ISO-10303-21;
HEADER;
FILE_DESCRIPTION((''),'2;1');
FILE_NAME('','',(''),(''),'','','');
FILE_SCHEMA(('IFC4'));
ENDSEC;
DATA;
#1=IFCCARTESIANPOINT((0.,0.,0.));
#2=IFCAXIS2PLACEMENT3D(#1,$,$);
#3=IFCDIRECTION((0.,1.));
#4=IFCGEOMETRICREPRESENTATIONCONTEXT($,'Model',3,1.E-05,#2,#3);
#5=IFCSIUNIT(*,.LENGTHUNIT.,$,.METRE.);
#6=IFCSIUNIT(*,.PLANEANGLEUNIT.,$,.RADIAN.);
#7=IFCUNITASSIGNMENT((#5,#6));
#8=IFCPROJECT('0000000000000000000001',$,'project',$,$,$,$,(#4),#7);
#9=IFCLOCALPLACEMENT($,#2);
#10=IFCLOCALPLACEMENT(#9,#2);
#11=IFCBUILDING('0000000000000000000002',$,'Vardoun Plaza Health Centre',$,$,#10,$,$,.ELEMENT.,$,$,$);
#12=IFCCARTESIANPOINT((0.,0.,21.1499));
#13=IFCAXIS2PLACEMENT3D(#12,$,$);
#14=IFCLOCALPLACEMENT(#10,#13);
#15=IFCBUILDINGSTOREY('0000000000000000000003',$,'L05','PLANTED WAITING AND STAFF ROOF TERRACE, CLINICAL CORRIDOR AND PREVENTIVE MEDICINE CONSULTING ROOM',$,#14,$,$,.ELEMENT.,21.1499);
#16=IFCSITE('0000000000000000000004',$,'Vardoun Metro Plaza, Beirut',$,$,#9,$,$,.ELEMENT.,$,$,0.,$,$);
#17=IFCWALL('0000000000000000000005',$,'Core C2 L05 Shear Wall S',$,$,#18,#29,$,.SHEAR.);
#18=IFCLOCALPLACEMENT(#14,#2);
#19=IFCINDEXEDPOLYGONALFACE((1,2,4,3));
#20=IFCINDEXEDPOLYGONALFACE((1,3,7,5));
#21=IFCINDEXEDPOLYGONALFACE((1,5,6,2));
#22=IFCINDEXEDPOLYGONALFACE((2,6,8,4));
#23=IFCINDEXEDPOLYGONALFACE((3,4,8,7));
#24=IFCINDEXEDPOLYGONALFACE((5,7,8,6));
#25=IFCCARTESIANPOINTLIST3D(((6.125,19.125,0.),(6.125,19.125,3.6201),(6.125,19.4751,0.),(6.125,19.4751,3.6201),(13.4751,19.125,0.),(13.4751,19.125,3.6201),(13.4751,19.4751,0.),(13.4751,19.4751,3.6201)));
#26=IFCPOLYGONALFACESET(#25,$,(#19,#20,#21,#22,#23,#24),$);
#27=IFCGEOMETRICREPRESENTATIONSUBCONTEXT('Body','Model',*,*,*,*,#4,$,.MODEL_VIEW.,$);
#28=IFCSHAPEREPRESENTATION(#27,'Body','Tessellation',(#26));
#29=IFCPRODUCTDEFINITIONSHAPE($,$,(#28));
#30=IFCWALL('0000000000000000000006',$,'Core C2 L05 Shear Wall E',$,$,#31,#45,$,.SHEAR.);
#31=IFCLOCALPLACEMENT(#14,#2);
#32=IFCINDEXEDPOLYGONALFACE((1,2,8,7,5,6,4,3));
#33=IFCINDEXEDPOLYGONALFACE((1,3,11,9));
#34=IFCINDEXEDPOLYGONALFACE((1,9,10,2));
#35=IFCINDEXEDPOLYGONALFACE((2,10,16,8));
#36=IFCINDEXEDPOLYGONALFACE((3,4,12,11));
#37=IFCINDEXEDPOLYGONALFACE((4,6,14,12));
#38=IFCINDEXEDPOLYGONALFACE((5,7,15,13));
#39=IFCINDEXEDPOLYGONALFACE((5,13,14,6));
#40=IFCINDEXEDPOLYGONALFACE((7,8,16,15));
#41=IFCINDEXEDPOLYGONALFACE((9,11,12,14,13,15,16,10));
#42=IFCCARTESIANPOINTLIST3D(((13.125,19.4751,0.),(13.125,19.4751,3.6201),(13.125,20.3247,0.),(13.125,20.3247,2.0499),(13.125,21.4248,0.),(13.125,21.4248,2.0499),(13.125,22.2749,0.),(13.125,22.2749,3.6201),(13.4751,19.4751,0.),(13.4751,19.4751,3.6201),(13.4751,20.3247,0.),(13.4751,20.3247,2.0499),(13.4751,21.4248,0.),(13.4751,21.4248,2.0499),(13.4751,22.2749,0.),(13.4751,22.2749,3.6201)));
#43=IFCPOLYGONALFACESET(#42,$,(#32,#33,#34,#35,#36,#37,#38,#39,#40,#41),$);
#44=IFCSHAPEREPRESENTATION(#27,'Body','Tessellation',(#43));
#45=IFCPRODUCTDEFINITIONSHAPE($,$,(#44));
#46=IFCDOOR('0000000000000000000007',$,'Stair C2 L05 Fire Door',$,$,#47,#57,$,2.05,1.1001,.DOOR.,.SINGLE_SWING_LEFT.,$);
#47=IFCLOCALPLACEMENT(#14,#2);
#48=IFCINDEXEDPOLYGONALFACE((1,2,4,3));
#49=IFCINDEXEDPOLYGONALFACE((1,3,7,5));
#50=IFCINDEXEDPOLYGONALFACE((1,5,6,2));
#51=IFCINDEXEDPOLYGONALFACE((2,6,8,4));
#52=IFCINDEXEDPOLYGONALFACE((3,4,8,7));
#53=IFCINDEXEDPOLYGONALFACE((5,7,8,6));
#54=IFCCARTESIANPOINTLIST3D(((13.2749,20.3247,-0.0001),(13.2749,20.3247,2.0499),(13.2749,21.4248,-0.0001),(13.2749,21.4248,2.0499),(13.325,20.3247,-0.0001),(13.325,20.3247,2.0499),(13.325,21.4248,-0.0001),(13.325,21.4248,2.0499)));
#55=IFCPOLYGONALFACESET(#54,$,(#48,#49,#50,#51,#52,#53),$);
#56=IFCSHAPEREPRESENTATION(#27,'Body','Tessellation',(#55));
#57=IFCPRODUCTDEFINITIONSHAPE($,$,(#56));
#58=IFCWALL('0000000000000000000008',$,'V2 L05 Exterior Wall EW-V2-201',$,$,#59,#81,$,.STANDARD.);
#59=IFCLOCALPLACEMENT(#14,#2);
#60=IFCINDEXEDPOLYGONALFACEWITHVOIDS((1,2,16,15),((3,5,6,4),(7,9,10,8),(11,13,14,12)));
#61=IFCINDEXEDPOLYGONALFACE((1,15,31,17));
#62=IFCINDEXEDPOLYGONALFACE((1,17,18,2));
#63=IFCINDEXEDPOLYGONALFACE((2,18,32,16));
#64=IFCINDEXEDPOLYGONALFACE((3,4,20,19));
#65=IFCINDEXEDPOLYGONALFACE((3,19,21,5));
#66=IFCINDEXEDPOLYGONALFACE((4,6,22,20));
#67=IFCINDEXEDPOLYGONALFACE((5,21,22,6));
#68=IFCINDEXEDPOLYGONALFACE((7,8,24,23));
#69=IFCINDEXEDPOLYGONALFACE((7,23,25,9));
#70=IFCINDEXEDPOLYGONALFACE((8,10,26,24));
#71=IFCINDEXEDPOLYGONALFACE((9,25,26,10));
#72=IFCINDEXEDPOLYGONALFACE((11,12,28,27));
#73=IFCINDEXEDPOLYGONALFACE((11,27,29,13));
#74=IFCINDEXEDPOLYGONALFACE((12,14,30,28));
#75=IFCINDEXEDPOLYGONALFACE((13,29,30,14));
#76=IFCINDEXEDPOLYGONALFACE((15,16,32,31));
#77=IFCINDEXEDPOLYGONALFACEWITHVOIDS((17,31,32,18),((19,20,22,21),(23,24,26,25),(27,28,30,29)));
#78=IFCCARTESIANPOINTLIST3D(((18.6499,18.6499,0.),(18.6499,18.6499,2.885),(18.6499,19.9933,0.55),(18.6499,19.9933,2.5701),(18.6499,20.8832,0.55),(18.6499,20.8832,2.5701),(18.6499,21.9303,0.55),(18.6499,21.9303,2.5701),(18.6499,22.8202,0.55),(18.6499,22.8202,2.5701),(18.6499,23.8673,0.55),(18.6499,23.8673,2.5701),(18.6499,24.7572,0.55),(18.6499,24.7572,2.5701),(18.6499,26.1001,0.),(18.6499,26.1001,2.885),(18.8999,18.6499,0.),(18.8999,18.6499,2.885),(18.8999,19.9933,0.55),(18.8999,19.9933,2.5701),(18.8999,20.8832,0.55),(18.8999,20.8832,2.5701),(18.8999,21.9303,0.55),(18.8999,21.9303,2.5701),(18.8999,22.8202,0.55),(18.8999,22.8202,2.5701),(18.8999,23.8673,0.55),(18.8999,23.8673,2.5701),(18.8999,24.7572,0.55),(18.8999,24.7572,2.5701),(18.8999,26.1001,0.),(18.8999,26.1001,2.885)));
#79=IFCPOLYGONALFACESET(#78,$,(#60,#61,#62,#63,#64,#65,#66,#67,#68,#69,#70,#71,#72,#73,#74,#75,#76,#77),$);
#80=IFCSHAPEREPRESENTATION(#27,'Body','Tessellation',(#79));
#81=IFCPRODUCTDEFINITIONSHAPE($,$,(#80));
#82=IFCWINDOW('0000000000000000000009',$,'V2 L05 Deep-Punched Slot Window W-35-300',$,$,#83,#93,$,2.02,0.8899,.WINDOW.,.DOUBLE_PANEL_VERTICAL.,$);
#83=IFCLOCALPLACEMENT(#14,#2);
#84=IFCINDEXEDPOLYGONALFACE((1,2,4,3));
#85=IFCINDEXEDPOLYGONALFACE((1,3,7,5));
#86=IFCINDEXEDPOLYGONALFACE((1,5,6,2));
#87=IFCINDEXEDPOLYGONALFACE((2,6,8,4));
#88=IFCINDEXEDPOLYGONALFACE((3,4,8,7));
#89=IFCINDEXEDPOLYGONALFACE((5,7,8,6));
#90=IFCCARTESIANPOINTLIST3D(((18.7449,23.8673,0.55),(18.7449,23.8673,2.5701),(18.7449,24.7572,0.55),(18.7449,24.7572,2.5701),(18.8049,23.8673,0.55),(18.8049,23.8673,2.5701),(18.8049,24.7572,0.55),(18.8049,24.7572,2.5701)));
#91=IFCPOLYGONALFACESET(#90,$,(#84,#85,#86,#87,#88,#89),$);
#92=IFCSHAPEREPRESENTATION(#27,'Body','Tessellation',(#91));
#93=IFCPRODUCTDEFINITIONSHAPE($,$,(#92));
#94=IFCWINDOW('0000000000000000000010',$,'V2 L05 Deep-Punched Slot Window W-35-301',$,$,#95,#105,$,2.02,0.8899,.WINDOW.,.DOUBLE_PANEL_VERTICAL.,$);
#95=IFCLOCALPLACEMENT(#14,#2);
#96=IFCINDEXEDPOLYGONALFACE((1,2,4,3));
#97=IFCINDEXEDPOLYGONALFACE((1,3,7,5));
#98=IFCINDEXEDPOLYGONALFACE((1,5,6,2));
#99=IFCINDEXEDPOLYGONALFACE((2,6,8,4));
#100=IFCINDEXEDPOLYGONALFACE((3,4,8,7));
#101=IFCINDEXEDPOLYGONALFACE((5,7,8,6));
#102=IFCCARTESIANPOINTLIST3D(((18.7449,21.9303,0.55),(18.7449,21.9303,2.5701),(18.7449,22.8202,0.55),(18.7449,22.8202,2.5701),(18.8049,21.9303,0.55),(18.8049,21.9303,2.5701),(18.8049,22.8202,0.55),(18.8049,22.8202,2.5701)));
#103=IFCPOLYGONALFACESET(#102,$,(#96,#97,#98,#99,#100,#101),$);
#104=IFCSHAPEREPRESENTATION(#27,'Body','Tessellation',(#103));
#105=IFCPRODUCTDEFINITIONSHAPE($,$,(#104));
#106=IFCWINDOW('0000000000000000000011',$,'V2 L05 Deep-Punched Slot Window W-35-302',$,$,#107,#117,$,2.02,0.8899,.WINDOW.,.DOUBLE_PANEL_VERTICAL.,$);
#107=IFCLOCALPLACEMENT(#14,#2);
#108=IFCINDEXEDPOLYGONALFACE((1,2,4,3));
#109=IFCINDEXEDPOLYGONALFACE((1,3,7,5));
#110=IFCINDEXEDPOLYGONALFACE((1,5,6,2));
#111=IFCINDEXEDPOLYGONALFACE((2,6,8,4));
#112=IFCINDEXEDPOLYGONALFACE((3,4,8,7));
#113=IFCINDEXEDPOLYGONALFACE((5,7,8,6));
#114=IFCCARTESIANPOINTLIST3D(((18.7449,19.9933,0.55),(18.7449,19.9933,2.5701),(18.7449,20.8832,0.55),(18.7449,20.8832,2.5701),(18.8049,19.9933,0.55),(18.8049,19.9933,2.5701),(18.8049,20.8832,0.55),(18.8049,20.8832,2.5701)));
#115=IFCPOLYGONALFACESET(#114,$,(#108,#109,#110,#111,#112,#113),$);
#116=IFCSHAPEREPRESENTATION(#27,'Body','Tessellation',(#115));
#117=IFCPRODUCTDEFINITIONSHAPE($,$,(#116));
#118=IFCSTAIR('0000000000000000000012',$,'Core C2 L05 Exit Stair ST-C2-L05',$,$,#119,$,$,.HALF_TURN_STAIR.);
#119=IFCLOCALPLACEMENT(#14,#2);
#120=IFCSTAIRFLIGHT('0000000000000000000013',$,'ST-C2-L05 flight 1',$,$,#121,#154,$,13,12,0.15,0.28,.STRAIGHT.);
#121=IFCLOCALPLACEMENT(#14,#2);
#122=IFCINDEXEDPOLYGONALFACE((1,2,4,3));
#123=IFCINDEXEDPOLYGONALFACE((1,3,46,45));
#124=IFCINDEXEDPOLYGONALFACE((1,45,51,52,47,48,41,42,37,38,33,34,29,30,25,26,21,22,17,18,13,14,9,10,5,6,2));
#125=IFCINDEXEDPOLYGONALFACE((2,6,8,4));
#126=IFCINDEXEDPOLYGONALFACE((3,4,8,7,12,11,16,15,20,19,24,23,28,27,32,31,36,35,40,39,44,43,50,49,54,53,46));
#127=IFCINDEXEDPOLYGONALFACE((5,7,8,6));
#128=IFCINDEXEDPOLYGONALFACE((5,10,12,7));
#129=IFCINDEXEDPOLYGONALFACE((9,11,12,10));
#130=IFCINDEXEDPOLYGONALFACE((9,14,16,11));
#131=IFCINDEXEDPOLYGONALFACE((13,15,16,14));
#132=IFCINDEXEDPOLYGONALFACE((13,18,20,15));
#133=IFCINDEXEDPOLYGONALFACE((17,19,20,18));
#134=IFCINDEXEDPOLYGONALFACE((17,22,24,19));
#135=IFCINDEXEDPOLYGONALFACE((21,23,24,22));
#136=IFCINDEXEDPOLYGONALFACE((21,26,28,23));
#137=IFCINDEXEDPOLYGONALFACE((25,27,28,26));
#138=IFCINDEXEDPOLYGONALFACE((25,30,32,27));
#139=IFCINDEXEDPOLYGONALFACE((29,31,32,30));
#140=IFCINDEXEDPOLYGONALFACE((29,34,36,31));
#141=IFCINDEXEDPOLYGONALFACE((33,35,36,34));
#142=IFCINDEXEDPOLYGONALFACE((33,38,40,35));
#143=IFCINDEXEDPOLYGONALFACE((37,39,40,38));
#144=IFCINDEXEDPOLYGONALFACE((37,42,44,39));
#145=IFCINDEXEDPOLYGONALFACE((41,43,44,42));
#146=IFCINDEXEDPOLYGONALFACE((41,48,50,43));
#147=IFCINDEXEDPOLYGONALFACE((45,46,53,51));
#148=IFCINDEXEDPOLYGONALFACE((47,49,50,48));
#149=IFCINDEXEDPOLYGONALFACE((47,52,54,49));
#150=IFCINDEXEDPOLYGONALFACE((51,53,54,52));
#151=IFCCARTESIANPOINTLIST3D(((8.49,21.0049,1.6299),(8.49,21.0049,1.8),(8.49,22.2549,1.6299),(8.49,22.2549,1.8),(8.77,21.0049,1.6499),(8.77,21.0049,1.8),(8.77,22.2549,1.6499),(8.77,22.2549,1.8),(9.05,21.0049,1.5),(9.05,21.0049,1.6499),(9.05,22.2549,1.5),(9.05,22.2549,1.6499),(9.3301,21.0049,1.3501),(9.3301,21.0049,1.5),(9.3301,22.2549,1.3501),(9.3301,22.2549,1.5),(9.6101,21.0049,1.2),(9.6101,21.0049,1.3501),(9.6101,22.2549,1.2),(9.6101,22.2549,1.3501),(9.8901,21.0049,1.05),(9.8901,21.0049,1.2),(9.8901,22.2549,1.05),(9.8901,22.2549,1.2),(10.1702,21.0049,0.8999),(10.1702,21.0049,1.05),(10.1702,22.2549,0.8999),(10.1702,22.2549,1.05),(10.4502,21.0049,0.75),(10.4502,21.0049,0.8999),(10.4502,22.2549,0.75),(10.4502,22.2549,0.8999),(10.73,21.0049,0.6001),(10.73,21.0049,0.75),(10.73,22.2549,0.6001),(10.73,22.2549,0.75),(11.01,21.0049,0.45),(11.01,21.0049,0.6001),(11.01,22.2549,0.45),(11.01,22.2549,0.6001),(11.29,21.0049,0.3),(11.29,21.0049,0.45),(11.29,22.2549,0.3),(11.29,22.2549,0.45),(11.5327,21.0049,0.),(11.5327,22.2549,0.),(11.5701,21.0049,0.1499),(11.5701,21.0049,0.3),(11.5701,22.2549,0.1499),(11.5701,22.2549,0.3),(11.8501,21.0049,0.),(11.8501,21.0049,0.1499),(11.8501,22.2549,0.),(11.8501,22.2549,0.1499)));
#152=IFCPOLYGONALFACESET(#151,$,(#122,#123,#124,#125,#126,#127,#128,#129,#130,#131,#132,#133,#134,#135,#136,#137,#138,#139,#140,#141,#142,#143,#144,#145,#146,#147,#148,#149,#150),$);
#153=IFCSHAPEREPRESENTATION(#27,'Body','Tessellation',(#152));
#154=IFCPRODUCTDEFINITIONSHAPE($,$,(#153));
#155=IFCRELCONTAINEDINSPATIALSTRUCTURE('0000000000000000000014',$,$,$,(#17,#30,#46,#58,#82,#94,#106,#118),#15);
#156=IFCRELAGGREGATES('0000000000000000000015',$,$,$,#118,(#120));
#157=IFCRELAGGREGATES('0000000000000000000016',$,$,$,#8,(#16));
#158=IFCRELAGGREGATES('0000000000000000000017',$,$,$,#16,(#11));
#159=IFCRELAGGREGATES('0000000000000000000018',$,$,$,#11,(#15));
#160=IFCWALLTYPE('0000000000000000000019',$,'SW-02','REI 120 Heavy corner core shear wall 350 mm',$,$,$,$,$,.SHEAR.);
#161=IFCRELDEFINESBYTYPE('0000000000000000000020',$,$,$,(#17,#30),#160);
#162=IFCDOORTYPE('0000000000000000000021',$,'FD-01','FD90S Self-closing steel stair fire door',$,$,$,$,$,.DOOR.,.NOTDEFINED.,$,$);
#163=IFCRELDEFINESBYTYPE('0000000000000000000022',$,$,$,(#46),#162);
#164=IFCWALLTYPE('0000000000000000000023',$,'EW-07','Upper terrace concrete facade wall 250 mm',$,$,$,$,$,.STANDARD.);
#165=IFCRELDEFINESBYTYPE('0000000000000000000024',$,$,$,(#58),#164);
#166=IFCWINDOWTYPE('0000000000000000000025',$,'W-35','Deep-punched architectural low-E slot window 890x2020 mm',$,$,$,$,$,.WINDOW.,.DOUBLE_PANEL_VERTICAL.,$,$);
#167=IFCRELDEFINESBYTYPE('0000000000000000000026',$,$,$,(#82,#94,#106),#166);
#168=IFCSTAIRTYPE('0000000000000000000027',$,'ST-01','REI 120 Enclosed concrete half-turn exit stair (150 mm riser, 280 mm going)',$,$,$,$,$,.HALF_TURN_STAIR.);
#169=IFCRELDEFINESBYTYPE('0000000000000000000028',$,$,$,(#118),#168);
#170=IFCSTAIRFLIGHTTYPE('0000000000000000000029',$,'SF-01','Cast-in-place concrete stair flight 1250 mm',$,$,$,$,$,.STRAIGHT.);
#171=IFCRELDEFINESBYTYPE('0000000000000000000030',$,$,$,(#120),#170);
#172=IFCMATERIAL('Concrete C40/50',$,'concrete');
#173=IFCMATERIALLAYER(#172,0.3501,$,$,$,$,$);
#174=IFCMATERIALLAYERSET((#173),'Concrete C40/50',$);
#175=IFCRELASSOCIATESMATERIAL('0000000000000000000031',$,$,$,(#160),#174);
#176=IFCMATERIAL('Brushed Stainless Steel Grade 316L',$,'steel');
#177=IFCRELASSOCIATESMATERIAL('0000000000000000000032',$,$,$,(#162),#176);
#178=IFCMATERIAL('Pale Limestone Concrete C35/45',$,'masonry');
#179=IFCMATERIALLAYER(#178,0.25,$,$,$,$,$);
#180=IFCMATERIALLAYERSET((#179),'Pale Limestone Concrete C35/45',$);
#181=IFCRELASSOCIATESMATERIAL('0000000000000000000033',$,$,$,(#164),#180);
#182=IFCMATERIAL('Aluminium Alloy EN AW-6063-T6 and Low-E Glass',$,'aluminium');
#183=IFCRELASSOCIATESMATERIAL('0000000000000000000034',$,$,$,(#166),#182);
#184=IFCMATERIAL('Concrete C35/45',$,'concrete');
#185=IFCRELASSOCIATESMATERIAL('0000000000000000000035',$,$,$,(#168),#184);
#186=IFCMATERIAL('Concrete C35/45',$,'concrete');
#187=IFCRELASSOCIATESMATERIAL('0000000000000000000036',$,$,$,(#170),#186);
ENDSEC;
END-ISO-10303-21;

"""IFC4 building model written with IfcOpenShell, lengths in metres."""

from ifc_helpers import new_model, si_unit, direction, frame, frame_2d, origin, place, context, subcontext, project, spatial, polyline, rectangle, outline, extrude, material, layer, layer_set, type_object, element, fill, aggregate, save


model = new_model("IFC4")

# Units and contexts
model_context = context("Model", 3, precision=1e-05, world=origin(), true_north=direction((0.0, 1.0)))
body_context = subcontext(model_context, "Body", "Model", "MODEL_VIEW")
ifc_project = project(units=[si_unit("LENGTHUNIT", "METRE"), si_unit("PLANEANGLEUNIT", "RADIAN")], contexts=[model_context])

# Site, building, storey
site_placement = place(None, origin())
site = spatial("IfcSite", under=ifc_project, at=site_placement, Name="Vardoun Metro Plaza, Beirut", CompositionType="ELEMENT", RefElevation=0.0)
building_placement = place(site_placement, origin())
building = spatial("IfcBuilding", under=site, at=building_placement, Name="Vardoun Plaza Health Centre", CompositionType="ELEMENT")
storey_placement = place(building_placement, frame((0.0, 0.0, 21.1499)))
storey = spatial("IfcBuildingStorey", under=building, at=storey_placement, Name="L05", Description="PLANTED WAITING AND STAFF ROOF TERRACE, CLINICAL CORRIDOR AND PREVENTIVE MEDICINE CONSULTING ROOM", CompositionType="ELEMENT", Elevation=21.1499)

# Wall
ifc_material_1 = material(Name="Concrete C40/50", Category="concrete")
ifc_layer_1 = layer(ifc_material_1, 0.3501)
ifc_layer_set_1 = layer_set([ifc_layer_1], Name="Concrete C40/50")
wall_type_1 = type_object("IfcWallType", Name="SW-02", Description="REI 120 Heavy corner core shear wall 350 mm", PredefinedType="SHEAR", material=ifc_layer_set_1)
wall_1_placement = place(storey_placement, frame((13.4751, 19.3, 0.0), z_axis=(0.0, 0.0, 1.0), x_axis=(-1.0, 0.0, 0.0)))
element("IfcWall", 1, at=wall_1_placement, inside=storey, type_object=wall_type_1, Name="Core C2 L05 Shear Wall S", PredefinedType="SHEAR", context=body_context, shape_type="SweptSolid", body=[
    extrude(rectangle(XDim=7.3501, YDim=0.3501, at=frame_2d((3.675, 0.0))), origin(), (0.0, 0.0, 1.0), 3.6201),
])

# Wall, opening, door
wall_2_placement = place(storey_placement, frame((13.3, 22.2749, 0.0), z_axis=(0.0, 0.0, 1.0), x_axis=(0.0, -1.0, 0.0)))
wall_2 = element("IfcWall", 2, at=wall_2_placement, inside=storey, type_object=wall_type_1, Name="Core C2 L05 Shear Wall E", PredefinedType="SHEAR", context=body_context, shape_type="SweptSolid", body=[
    extrude(rectangle(XDim=2.7998, YDim=0.3501, at=frame_2d((1.3999, 0.0))), origin(), (0.0, 0.0, 1.0), 3.6201),
])
opening_1_placement = place(wall_2_placement, frame((0.8501, 0.0, 0.0)))
opening_1 = element("IfcOpeningElement", 3, at=opening_1_placement, cuts=wall_2, PredefinedType="OPENING", context=body_context, shape_type="SweptSolid", body=[
    extrude(rectangle(XDim=1.1001, YDim=2.05, at=frame_2d((0.55, 1.0249))), frame((0.0, 0.175, 0.0), z_axis=(0.0, -1.0, 0.0), x_axis=(1.0, 0.0, 0.0)), (0.0, 0.0, 1.0), 0.3501),
])
ifc_material_2 = material(Name="Brushed Stainless Steel Grade 316L", Category="steel")
door_type_1 = type_object("IfcDoorType", Name="FD-01", Description="FD90S Self-closing steel stair fire door", OperationType="NOTDEFINED", PredefinedType="DOOR", material=ifc_material_2)
door_1_placement = place(opening_1_placement, origin())
door_1 = element("IfcDoor", 4, at=door_1_placement, inside=storey, type_object=door_type_1, Name="Stair C2 L05 Fire Door", OperationType="SINGLE_SWING_LEFT", OverallHeight=2.05, OverallWidth=1.1001, PredefinedType="DOOR", context=body_context, shape_type="SweptSolid", body=[
    extrude(rectangle(XDim=1.1001, YDim=2.05, at=frame_2d((0.55, 1.0249))), frame((0.0, 0.0249, 0.0), z_axis=(0.0, -1.0, 0.0), x_axis=(1.0, 0.0, 0.0)), (0.0, 0.0, 1.0), 0.05),
])
fill(opening_1, door_1)

# Wall, openings, windows
ifc_material_3 = material(Name="Pale Limestone Concrete C35/45", Category="masonry")
ifc_layer_2 = layer(ifc_material_3, 0.25)
ifc_layer_set_2 = layer_set([ifc_layer_2], Name="Pale Limestone Concrete C35/45")
wall_type_2 = type_object("IfcWallType", Name="EW-07", Description="Upper terrace concrete facade wall 250 mm", PredefinedType="STANDARD", material=ifc_layer_set_2)
wall_3_placement = place(storey_placement, frame((18.7749, 26.1001, 0.0), z_axis=(0.0, 0.0, 1.0), x_axis=(0.0, -1.0, 0.0)))
wall_3 = element("IfcWall", 5, at=wall_3_placement, inside=storey, type_object=wall_type_2, Name="V2 L05 Exterior Wall EW-V2-201", PredefinedType="STANDARD", context=body_context, shape_type="SweptSolid", body=[
    extrude(rectangle(XDim=7.4502, YDim=0.25, at=frame_2d((3.7251, 0.0))), origin(), (0.0, 0.0, 1.0), 2.885),
])
opening_2_placement = place(wall_3_placement, frame((1.343, 0.0, 0.55)))
opening_2 = element("IfcOpeningElement", 6, at=opening_2_placement, cuts=wall_3, PredefinedType="OPENING", context=body_context, shape_type="SweptSolid", body=[
    extrude(rectangle(XDim=0.8899, YDim=2.02, at=frame_2d((0.4448, 1.01))), frame((0.0, 0.125, 0.0), z_axis=(0.0, -1.0, 0.0), x_axis=(1.0, 0.0, 0.0)), (0.0, 0.0, 1.0), 0.25),
])
opening_3_placement = place(wall_3_placement, frame((3.28, 0.0, 0.55)))
opening_3 = element("IfcOpeningElement", 7, at=opening_3_placement, cuts=wall_3, PredefinedType="OPENING", context=body_context, shape_type="SweptSolid", body=[
    extrude(rectangle(XDim=0.8899, YDim=2.02, at=frame_2d((0.4448, 1.01))), frame((0.0, 0.125, 0.0), z_axis=(0.0, -1.0, 0.0), x_axis=(1.0, 0.0, 0.0)), (0.0, 0.0, 1.0), 0.25),
])
opening_4_placement = place(wall_3_placement, frame((5.217, 0.0, 0.55)))
opening_4 = element("IfcOpeningElement", 8, at=opening_4_placement, cuts=wall_3, PredefinedType="OPENING", context=body_context, shape_type="SweptSolid", body=[
    extrude(rectangle(XDim=0.8899, YDim=2.02, at=frame_2d((0.4448, 1.01))), frame((0.0, 0.125, 0.0), z_axis=(0.0, -1.0, 0.0), x_axis=(1.0, 0.0, 0.0)), (0.0, 0.0, 1.0), 0.25),
])
ifc_material_4 = material(Name="Aluminium Alloy EN AW-6063-T6 and Low-E Glass", Category="aluminium")
window_type = type_object("IfcWindowType", Name="W-35", Description="Deep-punched architectural low-E slot window 890x2020 mm", PartitioningType="DOUBLE_PANEL_VERTICAL", PredefinedType="WINDOW", material=ifc_material_4)
window_1_placement = place(opening_2_placement, origin())
window_1 = element("IfcWindow", 9, at=window_1_placement, inside=storey, type_object=window_type, Name="V2 L05 Deep-Punched Slot Window W-35-300", OverallHeight=2.02, OverallWidth=0.8899, PartitioningType="DOUBLE_PANEL_VERTICAL", PredefinedType="WINDOW", context=body_context, shape_type="SweptSolid", body=[
    extrude(rectangle(XDim=0.8899, YDim=2.02, at=frame_2d((0.4448, 1.01))), frame((0.0, 0.03, 0.0), z_axis=(0.0, -1.0, 0.0), x_axis=(1.0, 0.0, 0.0)), (0.0, 0.0, 1.0), 0.0601),
])
fill(opening_2, window_1)
window_2_placement = place(opening_3_placement, origin())
window_2 = element("IfcWindow", 10, at=window_2_placement, inside=storey, type_object=window_type, Name="V2 L05 Deep-Punched Slot Window W-35-301", OverallHeight=2.02, OverallWidth=0.8899, PartitioningType="DOUBLE_PANEL_VERTICAL", PredefinedType="WINDOW", context=body_context, shape_type="SweptSolid", body=[
    extrude(rectangle(XDim=0.8899, YDim=2.02, at=frame_2d((0.4448, 1.01))), frame((0.0, 0.03, 0.0), z_axis=(0.0, -1.0, 0.0), x_axis=(1.0, 0.0, 0.0)), (0.0, 0.0, 1.0), 0.0601),
])
fill(opening_3, window_2)
window_3_placement = place(opening_4_placement, origin())
window_3 = element("IfcWindow", 11, at=window_3_placement, inside=storey, type_object=window_type, Name="V2 L05 Deep-Punched Slot Window W-35-302", OverallHeight=2.02, OverallWidth=0.8899, PartitioningType="DOUBLE_PANEL_VERTICAL", PredefinedType="WINDOW", context=body_context, shape_type="SweptSolid", body=[
    extrude(rectangle(XDim=0.8899, YDim=2.02, at=frame_2d((0.4448, 1.01))), frame((0.0, 0.03, 0.0), z_axis=(0.0, -1.0, 0.0), x_axis=(1.0, 0.0, 0.0)), (0.0, 0.0, 1.0), 0.0601),
])
fill(opening_4, window_3)

# Stair, stair flight
ifc_material_5 = material(Name="Concrete C35/45", Category="concrete")
stair_type = type_object("IfcStairType", Name="ST-01", Description="REI 120 Enclosed concrete half-turn exit stair (150 mm riser, 280 mm going)", PredefinedType="HALF_TURN_STAIR", material=ifc_material_5)
stair_placement = place(storey_placement, origin())
stair = element("IfcStair", 12, at=stair_placement, inside=storey, type_object=stair_type, Name="Core C2 L05 Exit Stair ST-C2-L05", PredefinedType="HALF_TURN_STAIR")
ifc_material_6 = material(Name="Concrete C35/45", Category="concrete")
stair_flight_type = type_object("IfcStairFlightType", Name="SF-01", Description="Cast-in-place concrete stair flight 1250 mm", PredefinedType="STRAIGHT", material=ifc_material_6)
stair_flight_placement = place(storey_placement, frame((11.8501, 21.6299, 0.0), z_axis=(0.0, 0.0, 1.0), x_axis=(-1.0, 0.0, 0.0)))
stair_flight = element("IfcStairFlight", 13, at=stair_flight_placement, type_object=stair_flight_type, Name="ST-C2-L05 flight 1", NumberOfRisers=13, NumberOfTreads=12, PredefinedType="STRAIGHT", RiserHeight=0.15, TreadLength=0.28, context=body_context, shape_type="SweptSolid", body=[
    extrude(outline(polyline([(0.0, 0.0), (0.0, 0.1499), (0.28, 0.1499), (0.28, 0.3), (0.5601, 0.3), (0.5601, 0.45), (0.8401, 0.45), (0.8401, 0.6001), (1.1201, 0.6001), (1.1201, 0.75), (1.3999, 0.75), (1.3999, 0.8999), (1.6799, 0.8999), (1.6799, 1.05), (1.96, 1.05), (1.96, 1.2), (2.24, 1.2), (2.24, 1.3501), (2.52, 1.3501), (2.52, 1.5), (2.8, 1.5), (2.8, 1.6499), (3.0801, 1.6499), (3.0801, 1.8), (3.3601, 1.8), (3.3601, 1.95), (3.3601, 1.6299), (0.3174, 0.0), (0.0, 0.0)])), frame((0.0, 0.625, 0.0), z_axis=(0.0, -1.0, 0.0), x_axis=(1.0, 0.0, 0.0)), (0.0, 0.0, 1.0), 1.25),
])
aggregate(stair, [stair_flight])

save(model, "model.ifc")
